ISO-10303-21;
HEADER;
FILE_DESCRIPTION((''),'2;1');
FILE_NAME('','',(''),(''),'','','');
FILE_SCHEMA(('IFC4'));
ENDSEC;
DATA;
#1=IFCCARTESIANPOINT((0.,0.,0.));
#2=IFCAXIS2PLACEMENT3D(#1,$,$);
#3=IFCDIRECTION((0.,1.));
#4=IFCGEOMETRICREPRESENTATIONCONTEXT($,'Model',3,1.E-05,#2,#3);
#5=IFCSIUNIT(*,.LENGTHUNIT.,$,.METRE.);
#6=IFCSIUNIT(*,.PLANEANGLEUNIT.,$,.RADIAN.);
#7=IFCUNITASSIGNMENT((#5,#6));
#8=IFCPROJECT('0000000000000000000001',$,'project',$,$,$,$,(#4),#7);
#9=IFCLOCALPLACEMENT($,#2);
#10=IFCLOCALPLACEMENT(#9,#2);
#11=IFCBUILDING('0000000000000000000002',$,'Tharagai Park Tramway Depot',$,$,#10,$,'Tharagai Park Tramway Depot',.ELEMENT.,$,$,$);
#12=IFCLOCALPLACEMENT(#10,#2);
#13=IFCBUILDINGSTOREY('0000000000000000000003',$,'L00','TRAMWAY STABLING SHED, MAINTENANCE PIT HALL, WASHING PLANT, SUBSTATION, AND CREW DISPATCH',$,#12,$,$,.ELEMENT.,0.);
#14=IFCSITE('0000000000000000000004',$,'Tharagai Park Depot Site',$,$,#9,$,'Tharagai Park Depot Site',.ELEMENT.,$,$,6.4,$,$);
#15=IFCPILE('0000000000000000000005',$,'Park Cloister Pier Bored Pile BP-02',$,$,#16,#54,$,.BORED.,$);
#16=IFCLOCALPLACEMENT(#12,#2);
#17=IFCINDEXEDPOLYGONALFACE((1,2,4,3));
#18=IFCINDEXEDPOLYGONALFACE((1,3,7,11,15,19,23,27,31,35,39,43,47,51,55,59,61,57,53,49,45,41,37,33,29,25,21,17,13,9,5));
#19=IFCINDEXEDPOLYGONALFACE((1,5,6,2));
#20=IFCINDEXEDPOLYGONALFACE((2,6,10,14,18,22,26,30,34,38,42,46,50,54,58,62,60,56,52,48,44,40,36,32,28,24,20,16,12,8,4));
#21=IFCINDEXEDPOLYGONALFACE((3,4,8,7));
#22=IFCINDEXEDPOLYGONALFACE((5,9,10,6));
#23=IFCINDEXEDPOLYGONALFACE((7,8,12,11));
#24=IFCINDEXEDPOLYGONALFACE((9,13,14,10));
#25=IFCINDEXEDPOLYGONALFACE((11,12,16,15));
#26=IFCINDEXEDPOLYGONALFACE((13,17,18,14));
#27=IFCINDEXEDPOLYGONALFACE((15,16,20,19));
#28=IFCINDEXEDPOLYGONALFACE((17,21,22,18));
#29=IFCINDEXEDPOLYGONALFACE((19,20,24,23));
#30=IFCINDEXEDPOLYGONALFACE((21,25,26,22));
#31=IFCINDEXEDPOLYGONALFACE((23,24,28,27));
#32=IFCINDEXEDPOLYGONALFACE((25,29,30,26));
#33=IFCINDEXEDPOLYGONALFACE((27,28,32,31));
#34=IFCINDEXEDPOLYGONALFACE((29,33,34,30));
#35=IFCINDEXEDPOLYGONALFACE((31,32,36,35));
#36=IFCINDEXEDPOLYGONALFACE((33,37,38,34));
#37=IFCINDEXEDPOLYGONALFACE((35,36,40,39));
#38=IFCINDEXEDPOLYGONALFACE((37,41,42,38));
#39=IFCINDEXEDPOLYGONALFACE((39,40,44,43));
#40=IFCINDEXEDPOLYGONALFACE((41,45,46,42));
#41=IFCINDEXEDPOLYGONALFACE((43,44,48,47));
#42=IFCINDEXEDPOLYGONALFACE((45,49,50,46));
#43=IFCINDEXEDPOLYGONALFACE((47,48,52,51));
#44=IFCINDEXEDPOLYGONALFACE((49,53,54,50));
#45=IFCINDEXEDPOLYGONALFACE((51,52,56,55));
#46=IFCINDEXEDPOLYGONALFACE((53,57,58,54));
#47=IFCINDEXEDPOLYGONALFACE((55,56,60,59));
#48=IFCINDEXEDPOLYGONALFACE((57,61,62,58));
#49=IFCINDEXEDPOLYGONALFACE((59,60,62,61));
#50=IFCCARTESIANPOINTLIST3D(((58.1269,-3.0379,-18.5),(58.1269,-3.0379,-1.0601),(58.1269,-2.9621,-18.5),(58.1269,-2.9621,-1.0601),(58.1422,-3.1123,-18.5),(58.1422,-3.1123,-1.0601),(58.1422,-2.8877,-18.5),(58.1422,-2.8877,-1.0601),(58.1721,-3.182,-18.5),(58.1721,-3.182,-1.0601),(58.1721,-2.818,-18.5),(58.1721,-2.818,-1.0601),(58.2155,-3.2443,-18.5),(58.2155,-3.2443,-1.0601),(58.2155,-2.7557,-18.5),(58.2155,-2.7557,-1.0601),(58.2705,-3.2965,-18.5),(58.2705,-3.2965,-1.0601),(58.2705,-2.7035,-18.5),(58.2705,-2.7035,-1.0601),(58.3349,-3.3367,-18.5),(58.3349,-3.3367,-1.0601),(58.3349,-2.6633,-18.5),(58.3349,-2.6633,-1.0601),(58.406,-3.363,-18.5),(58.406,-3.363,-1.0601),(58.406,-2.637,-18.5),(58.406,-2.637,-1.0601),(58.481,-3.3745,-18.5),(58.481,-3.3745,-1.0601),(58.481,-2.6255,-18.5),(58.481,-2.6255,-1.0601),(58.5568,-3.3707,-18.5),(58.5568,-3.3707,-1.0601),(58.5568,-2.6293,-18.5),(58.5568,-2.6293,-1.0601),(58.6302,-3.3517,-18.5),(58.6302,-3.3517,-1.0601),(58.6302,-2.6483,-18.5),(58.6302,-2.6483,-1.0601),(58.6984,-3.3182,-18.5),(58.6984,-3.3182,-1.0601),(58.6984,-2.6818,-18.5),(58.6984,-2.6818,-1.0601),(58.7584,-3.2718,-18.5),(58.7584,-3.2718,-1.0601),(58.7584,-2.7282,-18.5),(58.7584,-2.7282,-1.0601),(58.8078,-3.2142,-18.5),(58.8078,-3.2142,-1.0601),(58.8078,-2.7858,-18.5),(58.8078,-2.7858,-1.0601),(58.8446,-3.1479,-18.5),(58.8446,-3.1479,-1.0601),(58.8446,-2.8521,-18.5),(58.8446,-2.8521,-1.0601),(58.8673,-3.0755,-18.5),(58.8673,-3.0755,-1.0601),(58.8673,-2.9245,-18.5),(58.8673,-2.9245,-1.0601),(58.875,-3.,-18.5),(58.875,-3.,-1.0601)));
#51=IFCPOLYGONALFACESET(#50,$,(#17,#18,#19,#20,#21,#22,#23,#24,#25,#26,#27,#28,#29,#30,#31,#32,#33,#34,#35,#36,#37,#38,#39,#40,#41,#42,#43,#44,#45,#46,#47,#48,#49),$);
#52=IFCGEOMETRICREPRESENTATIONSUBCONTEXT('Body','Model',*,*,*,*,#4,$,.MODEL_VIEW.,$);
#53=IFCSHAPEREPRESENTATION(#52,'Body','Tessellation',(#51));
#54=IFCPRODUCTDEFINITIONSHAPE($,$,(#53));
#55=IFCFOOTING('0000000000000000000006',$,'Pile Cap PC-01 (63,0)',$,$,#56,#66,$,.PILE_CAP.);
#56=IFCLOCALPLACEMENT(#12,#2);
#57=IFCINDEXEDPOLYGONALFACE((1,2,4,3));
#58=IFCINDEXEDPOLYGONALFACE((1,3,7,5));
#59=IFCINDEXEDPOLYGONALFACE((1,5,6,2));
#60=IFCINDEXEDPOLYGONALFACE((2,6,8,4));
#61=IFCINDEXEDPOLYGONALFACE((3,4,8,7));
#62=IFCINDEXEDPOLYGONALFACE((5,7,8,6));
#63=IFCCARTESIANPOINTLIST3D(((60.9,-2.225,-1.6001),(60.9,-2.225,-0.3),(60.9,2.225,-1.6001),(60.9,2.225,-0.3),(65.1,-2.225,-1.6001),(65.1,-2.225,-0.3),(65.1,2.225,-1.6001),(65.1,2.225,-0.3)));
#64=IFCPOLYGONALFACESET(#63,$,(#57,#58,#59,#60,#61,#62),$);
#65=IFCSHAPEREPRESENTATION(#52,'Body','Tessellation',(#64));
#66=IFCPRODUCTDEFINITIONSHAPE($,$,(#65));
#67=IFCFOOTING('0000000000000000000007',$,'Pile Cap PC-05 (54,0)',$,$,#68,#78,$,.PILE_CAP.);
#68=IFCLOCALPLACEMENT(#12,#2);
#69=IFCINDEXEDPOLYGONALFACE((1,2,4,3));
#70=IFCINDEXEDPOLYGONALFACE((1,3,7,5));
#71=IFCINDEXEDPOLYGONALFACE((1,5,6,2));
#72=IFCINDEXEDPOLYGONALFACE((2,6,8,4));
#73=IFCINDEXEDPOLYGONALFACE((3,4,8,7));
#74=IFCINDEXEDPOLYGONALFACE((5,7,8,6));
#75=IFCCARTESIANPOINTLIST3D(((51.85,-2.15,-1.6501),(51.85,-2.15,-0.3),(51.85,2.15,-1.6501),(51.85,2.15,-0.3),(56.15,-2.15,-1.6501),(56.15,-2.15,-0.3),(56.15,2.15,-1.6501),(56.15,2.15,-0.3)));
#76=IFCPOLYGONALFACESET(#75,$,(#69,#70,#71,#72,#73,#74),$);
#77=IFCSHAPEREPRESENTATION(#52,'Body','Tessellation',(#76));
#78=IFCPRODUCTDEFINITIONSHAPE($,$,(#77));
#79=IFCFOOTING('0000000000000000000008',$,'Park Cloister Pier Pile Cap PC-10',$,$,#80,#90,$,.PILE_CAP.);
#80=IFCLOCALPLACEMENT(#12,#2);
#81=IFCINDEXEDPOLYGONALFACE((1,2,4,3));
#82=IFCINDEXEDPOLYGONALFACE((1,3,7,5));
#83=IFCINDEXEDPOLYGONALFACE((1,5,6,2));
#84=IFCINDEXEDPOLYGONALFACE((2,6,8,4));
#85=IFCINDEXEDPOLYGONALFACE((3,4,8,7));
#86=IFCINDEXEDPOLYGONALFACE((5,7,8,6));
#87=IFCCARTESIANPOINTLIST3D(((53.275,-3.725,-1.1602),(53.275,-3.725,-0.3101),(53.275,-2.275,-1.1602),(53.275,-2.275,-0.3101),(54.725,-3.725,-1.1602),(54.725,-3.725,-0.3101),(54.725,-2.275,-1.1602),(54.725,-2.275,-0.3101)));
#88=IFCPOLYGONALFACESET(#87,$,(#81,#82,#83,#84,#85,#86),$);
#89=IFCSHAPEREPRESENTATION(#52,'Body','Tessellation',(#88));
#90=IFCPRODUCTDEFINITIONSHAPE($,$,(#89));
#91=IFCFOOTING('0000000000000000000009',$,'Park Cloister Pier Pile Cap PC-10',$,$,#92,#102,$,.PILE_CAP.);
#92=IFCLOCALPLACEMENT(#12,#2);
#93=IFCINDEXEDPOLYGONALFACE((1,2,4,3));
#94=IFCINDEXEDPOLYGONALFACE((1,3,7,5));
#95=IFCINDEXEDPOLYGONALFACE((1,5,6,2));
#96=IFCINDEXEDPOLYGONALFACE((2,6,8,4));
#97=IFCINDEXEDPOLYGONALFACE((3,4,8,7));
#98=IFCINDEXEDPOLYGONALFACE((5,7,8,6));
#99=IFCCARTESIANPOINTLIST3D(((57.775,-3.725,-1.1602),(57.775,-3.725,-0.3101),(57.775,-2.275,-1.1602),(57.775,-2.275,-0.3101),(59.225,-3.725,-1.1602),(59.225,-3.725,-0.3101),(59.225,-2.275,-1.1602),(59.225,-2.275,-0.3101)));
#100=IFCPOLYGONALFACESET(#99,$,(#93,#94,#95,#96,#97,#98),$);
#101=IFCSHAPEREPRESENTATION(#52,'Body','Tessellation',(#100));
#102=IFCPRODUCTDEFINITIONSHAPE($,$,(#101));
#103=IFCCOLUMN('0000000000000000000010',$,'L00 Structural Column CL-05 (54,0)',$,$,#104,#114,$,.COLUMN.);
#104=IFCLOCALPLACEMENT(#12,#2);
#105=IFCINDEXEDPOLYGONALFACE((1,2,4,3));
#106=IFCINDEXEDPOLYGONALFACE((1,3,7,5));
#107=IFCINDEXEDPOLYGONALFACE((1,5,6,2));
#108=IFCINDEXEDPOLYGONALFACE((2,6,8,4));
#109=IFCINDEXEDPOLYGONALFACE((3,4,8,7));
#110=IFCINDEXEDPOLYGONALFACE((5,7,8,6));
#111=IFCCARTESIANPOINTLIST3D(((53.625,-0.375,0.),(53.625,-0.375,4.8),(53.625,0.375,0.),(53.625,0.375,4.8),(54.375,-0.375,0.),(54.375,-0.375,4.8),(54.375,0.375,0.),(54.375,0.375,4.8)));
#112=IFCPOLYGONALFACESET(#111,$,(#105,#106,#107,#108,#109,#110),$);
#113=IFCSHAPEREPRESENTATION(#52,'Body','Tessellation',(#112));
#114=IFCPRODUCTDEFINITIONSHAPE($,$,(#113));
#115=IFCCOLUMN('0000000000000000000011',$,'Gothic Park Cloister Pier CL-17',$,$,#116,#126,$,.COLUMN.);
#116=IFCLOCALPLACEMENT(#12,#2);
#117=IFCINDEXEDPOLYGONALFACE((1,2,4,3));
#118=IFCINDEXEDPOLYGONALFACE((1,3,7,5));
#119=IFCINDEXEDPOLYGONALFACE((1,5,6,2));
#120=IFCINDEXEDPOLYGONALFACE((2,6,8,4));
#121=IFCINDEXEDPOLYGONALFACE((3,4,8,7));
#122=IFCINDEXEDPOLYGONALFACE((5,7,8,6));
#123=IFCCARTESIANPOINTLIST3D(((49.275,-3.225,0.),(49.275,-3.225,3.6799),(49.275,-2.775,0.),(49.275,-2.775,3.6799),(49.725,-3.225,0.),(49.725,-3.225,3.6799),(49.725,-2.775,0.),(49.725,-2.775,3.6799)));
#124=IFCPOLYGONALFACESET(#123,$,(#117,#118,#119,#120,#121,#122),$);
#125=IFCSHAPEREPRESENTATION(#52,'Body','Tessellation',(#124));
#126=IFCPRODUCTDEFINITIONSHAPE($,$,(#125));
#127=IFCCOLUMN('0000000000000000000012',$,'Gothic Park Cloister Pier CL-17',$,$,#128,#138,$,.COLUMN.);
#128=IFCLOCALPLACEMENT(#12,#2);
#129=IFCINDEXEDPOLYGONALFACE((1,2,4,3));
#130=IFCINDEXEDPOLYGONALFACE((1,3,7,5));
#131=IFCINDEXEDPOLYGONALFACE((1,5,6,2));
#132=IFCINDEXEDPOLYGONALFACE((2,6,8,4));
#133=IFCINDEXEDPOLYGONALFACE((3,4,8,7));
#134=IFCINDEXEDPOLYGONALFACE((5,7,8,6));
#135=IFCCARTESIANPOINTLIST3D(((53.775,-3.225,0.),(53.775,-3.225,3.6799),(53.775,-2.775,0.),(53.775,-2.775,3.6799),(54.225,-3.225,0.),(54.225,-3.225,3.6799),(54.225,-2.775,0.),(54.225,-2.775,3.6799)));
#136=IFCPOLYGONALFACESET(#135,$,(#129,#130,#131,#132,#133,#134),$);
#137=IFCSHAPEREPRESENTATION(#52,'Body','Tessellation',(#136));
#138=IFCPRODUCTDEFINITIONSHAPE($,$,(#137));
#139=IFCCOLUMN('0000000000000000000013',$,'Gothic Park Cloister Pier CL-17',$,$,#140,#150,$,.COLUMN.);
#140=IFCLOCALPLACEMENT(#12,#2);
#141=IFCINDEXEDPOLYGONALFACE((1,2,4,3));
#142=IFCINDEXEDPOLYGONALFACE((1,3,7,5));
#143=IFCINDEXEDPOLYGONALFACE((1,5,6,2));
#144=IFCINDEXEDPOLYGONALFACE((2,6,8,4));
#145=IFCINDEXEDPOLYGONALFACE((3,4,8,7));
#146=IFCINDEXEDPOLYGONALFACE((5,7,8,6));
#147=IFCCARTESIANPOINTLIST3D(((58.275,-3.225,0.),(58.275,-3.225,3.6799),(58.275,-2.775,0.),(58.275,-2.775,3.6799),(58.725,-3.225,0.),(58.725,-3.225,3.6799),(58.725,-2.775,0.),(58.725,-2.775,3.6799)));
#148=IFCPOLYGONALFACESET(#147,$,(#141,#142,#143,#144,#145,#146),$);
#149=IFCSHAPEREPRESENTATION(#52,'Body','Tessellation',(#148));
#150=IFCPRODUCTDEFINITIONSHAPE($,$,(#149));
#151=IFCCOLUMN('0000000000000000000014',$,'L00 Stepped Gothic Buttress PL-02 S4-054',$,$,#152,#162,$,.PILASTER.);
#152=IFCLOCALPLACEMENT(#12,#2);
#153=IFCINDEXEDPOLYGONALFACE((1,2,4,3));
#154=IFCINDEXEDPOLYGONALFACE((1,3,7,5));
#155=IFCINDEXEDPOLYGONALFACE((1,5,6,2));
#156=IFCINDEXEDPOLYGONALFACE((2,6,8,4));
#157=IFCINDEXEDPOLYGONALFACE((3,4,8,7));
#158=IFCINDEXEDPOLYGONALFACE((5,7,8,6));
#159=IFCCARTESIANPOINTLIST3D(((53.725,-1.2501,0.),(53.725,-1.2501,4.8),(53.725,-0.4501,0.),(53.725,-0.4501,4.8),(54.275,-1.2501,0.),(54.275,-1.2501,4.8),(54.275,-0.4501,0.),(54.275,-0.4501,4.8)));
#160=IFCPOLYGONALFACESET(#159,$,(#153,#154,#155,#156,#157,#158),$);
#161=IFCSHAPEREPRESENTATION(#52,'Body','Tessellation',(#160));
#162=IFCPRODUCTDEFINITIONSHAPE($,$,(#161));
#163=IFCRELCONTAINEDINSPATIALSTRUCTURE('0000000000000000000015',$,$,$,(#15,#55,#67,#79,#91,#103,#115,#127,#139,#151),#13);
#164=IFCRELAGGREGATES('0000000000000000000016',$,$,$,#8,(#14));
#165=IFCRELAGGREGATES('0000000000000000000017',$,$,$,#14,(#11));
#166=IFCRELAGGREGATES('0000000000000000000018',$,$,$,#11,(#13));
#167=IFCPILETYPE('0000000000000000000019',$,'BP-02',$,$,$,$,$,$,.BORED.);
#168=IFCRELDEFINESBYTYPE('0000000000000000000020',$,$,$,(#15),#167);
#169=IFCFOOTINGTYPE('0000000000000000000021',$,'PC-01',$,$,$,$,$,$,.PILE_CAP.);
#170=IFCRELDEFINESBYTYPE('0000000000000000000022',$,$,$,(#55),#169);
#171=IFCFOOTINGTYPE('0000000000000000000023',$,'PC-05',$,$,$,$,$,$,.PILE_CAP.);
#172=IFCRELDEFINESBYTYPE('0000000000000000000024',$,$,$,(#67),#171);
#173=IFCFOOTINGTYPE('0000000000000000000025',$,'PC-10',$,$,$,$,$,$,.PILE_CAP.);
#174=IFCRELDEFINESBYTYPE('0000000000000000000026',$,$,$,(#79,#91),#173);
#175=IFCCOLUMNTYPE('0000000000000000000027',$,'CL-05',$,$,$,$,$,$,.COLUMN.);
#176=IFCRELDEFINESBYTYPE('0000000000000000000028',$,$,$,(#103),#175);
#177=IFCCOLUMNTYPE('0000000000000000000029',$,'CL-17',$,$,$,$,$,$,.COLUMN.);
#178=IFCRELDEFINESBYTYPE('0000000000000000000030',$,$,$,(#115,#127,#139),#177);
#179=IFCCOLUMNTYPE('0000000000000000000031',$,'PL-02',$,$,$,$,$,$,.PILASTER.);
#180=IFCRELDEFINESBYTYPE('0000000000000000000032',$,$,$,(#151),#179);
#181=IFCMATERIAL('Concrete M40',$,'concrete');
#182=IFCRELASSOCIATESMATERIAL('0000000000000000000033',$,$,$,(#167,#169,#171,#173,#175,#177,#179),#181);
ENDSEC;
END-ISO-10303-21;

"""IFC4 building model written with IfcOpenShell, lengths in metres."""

from ifc_helpers import new_model, si_unit, direction, frame, origin, origin_2d, place, context, subcontext, project, spatial, rectangle, circle, extrude, material, material_profile, profile_set, type_object, element, save


model = new_model("IFC4")

# Units and contexts
model_context = context("Model", 3, precision=1e-05, world=origin(), true_north=direction((0.0, 1.0)))
body_context = subcontext(model_context, "Body", "Model", "MODEL_VIEW")
ifc_project = project(units=[si_unit("LENGTHUNIT", "METRE"), si_unit("PLANEANGLEUNIT", "RADIAN")], contexts=[model_context])

# Site, building, storey
site_placement = place(None, origin())
site = spatial("IfcSite", under=ifc_project, at=site_placement, Name="Tharagai Park Depot Site", LongName="Tharagai Park Depot Site", CompositionType="ELEMENT", RefElevation=6.4)
building_placement = place(site_placement, origin())
building = spatial("IfcBuilding", under=site, at=building_placement, Name="Tharagai Park Tramway Depot", LongName="Tharagai Park Tramway Depot", CompositionType="ELEMENT")
storey_placement = place(building_placement, origin())
storey = spatial("IfcBuildingStorey", under=building, at=storey_placement, Name="L00", Description="TRAMWAY STABLING SHED, MAINTENANCE PIT HALL, WASHING PLANT, SUBSTATION, AND CREW DISPATCH", CompositionType="ELEMENT", Elevation=0.0)

# Pile
ifc_material_1 = material(Name="Concrete M40", Category="concrete")
ifc_material_profile_1 = material_profile(ifc_material_1, circle(Radius=0.375, at=origin_2d()), Name="PILE D750")
ifc_profile_set_1 = profile_set([ifc_material_profile_1], Name="Concrete M40")
pile_type_1 = type_object("IfcPileType", Name="BP-02", PredefinedType="BORED", material=ifc_profile_set_1)
for number, where, z_axis, x_axis, name in (
    (1, (58.5, -3.0, -1.0601), (0.0, 0.0, -1.0), (1.0, 0.0, 0.0), "Park Cloister Pier Bored Pile BP-02"),
):
    element("IfcPile", number, at=place(storey_placement, frame(where, z_axis=z_axis, x_axis=x_axis)), inside=storey, type_object=pile_type_1, Name=name, PredefinedType="BORED", context=body_context, shape_type="SweptSolid", body=[
        extrude(circle(Radius=0.375, at=origin_2d()), origin(), (0.0, 0.0, 1.0), 17.4399),
    ])

# Footings
footing_type_1 = type_object("IfcFootingType", Name="PC-01", PredefinedType="PILE_CAP", material=ifc_material_1)
footing_1_placement = place(storey_placement, frame((63.0, 0.0, -1.6001), z_axis=(0.0, 0.0, 1.0), x_axis=(1.0, 0.0, 0.0)))
element("IfcFooting", 2, at=footing_1_placement, inside=storey, type_object=footing_type_1, Name="Pile Cap PC-01 (63,0)", PredefinedType="PILE_CAP", context=body_context, shape_type="SweptSolid", body=[
    extrude(rectangle(XDim=4.2, YDim=4.45, at=origin_2d()), origin(), (0.0, 0.0, 1.0), 1.3),
])
footing_type_2 = type_object("IfcFootingType", Name="PC-05", PredefinedType="PILE_CAP", material=ifc_material_1)
footing_2_placement = place(storey_placement, frame((54.0, 0.0, -1.6501), z_axis=(0.0, 0.0, 1.0), x_axis=(1.0, 0.0, 0.0)))
element("IfcFooting", 3, at=footing_2_placement, inside=storey, type_object=footing_type_2, Name="Pile Cap PC-05 (54,0)", PredefinedType="PILE_CAP", context=body_context, shape_type="SweptSolid", body=[
    extrude(rectangle(XDim=4.3, YDim=4.3, at=origin_2d()), origin(), (0.0, 0.0, 1.0), 1.3501),
])
footing_type_3 = type_object("IfcFootingType", Name="PC-10", PredefinedType="PILE_CAP", material=ifc_material_1)
for number, where, z_axis, x_axis, name in (
    (4, (54.0, -3.0, -1.1602), (0.0, 0.0, 1.0), (1.0, 0.0, 0.0), "Park Cloister Pier Pile Cap PC-10"),
    (5, (58.5, -3.0, -1.1602), (0.0, 0.0, 1.0), (1.0, 0.0, 0.0), "Park Cloister Pier Pile Cap PC-10"),
):
    element("IfcFooting", number, at=place(storey_placement, frame(where, z_axis=z_axis, x_axis=x_axis)), inside=storey, type_object=footing_type_3, Name=name, PredefinedType="PILE_CAP", context=body_context, shape_type="SweptSolid", body=[
        extrude(rectangle(XDim=1.45, YDim=1.45, at=origin_2d()), origin(), (0.0, 0.0, 1.0), 0.8501),
    ])

# Columns
ifc_material_profile_2 = material_profile(ifc_material_1, rectangle(XDim=0.75, YDim=0.75, at=origin_2d()), Name="RC 750x750")
ifc_profile_set_2 = profile_set([ifc_material_profile_2], Name="Concrete M40")
column_type_1 = type_object("IfcColumnType", Name="CL-05", PredefinedType="COLUMN", material=ifc_profile_set_2)
column_1_placement = place(storey_placement, frame((54.0, 0.0, 0.0), z_axis=(0.0, 0.0, 1.0), x_axis=(1.0, 0.0, 0.0)))
element("IfcColumn", 6, at=column_1_placement, inside=storey, type_object=column_type_1, Name="L00 Structural Column CL-05 (54,0)", PredefinedType="COLUMN", context=body_context, shape_type="SweptSolid", body=[
    extrude(rectangle(XDim=0.75, YDim=0.75, at=origin_2d()), origin(), (0.0, 0.0, 1.0), 4.8),
])
ifc_material_profile_3 = material_profile(ifc_material_1, rectangle(XDim=0.45, YDim=0.45, at=origin_2d()), Name="RC 450x450")
ifc_profile_set_3 = profile_set([ifc_material_profile_3], Name="Concrete M40")
column_type_2 = type_object("IfcColumnType", Name="CL-17", PredefinedType="COLUMN", material=ifc_profile_set_3)
for number, where, z_axis, x_axis, name in (
    (7, (49.5, -3.0, 0.0), (0.0, 0.0, 1.0), (1.0, 0.0, 0.0), "Gothic Park Cloister Pier CL-17"),
    (8, (54.0, -3.0, 0.0), (0.0, 0.0, 1.0), (1.0, 0.0, 0.0), "Gothic Park Cloister Pier CL-17"),
    (9, (58.5, -3.0, 0.0), (0.0, 0.0, 1.0), (1.0, 0.0, 0.0), "Gothic Park Cloister Pier CL-17"),
):
    element("IfcColumn", number, at=place(storey_placement, frame(where, z_axis=z_axis, x_axis=x_axis)), inside=storey, type_object=column_type_2, Name=name, PredefinedType="COLUMN", context=body_context, shape_type="SweptSolid", body=[
        extrude(rectangle(XDim=0.45, YDim=0.45, at=origin_2d()), origin(), (0.0, 0.0, 1.0), 3.6799),
    ])
ifc_material_profile_4 = material_profile(ifc_material_1, rectangle(XDim=0.55, YDim=0.8, at=origin_2d()), Name="RC 550x800")
ifc_profile_set_4 = profile_set([ifc_material_profile_4], Name="Concrete M40")
column_type_3 = type_object("IfcColumnType", Name="PL-02", PredefinedType="PILASTER", material=ifc_profile_set_4)
column_2_placement = place(storey_placement, frame((54.0, -0.8501, 0.0), z_axis=(0.0, 0.0, 1.0), x_axis=(1.0, 0.0, 0.0)))
element("IfcColumn", 10, at=column_2_placement, inside=storey, type_object=column_type_3, Name="L00 Stepped Gothic Buttress PL-02 S4-054", PredefinedType="PILASTER", context=body_context, shape_type="SweptSolid", body=[
    extrude(rectangle(XDim=0.55, YDim=0.8, at=origin_2d()), origin(), (0.0, 0.0, 1.0), 4.8),
])

save(model, "model.ifc")
